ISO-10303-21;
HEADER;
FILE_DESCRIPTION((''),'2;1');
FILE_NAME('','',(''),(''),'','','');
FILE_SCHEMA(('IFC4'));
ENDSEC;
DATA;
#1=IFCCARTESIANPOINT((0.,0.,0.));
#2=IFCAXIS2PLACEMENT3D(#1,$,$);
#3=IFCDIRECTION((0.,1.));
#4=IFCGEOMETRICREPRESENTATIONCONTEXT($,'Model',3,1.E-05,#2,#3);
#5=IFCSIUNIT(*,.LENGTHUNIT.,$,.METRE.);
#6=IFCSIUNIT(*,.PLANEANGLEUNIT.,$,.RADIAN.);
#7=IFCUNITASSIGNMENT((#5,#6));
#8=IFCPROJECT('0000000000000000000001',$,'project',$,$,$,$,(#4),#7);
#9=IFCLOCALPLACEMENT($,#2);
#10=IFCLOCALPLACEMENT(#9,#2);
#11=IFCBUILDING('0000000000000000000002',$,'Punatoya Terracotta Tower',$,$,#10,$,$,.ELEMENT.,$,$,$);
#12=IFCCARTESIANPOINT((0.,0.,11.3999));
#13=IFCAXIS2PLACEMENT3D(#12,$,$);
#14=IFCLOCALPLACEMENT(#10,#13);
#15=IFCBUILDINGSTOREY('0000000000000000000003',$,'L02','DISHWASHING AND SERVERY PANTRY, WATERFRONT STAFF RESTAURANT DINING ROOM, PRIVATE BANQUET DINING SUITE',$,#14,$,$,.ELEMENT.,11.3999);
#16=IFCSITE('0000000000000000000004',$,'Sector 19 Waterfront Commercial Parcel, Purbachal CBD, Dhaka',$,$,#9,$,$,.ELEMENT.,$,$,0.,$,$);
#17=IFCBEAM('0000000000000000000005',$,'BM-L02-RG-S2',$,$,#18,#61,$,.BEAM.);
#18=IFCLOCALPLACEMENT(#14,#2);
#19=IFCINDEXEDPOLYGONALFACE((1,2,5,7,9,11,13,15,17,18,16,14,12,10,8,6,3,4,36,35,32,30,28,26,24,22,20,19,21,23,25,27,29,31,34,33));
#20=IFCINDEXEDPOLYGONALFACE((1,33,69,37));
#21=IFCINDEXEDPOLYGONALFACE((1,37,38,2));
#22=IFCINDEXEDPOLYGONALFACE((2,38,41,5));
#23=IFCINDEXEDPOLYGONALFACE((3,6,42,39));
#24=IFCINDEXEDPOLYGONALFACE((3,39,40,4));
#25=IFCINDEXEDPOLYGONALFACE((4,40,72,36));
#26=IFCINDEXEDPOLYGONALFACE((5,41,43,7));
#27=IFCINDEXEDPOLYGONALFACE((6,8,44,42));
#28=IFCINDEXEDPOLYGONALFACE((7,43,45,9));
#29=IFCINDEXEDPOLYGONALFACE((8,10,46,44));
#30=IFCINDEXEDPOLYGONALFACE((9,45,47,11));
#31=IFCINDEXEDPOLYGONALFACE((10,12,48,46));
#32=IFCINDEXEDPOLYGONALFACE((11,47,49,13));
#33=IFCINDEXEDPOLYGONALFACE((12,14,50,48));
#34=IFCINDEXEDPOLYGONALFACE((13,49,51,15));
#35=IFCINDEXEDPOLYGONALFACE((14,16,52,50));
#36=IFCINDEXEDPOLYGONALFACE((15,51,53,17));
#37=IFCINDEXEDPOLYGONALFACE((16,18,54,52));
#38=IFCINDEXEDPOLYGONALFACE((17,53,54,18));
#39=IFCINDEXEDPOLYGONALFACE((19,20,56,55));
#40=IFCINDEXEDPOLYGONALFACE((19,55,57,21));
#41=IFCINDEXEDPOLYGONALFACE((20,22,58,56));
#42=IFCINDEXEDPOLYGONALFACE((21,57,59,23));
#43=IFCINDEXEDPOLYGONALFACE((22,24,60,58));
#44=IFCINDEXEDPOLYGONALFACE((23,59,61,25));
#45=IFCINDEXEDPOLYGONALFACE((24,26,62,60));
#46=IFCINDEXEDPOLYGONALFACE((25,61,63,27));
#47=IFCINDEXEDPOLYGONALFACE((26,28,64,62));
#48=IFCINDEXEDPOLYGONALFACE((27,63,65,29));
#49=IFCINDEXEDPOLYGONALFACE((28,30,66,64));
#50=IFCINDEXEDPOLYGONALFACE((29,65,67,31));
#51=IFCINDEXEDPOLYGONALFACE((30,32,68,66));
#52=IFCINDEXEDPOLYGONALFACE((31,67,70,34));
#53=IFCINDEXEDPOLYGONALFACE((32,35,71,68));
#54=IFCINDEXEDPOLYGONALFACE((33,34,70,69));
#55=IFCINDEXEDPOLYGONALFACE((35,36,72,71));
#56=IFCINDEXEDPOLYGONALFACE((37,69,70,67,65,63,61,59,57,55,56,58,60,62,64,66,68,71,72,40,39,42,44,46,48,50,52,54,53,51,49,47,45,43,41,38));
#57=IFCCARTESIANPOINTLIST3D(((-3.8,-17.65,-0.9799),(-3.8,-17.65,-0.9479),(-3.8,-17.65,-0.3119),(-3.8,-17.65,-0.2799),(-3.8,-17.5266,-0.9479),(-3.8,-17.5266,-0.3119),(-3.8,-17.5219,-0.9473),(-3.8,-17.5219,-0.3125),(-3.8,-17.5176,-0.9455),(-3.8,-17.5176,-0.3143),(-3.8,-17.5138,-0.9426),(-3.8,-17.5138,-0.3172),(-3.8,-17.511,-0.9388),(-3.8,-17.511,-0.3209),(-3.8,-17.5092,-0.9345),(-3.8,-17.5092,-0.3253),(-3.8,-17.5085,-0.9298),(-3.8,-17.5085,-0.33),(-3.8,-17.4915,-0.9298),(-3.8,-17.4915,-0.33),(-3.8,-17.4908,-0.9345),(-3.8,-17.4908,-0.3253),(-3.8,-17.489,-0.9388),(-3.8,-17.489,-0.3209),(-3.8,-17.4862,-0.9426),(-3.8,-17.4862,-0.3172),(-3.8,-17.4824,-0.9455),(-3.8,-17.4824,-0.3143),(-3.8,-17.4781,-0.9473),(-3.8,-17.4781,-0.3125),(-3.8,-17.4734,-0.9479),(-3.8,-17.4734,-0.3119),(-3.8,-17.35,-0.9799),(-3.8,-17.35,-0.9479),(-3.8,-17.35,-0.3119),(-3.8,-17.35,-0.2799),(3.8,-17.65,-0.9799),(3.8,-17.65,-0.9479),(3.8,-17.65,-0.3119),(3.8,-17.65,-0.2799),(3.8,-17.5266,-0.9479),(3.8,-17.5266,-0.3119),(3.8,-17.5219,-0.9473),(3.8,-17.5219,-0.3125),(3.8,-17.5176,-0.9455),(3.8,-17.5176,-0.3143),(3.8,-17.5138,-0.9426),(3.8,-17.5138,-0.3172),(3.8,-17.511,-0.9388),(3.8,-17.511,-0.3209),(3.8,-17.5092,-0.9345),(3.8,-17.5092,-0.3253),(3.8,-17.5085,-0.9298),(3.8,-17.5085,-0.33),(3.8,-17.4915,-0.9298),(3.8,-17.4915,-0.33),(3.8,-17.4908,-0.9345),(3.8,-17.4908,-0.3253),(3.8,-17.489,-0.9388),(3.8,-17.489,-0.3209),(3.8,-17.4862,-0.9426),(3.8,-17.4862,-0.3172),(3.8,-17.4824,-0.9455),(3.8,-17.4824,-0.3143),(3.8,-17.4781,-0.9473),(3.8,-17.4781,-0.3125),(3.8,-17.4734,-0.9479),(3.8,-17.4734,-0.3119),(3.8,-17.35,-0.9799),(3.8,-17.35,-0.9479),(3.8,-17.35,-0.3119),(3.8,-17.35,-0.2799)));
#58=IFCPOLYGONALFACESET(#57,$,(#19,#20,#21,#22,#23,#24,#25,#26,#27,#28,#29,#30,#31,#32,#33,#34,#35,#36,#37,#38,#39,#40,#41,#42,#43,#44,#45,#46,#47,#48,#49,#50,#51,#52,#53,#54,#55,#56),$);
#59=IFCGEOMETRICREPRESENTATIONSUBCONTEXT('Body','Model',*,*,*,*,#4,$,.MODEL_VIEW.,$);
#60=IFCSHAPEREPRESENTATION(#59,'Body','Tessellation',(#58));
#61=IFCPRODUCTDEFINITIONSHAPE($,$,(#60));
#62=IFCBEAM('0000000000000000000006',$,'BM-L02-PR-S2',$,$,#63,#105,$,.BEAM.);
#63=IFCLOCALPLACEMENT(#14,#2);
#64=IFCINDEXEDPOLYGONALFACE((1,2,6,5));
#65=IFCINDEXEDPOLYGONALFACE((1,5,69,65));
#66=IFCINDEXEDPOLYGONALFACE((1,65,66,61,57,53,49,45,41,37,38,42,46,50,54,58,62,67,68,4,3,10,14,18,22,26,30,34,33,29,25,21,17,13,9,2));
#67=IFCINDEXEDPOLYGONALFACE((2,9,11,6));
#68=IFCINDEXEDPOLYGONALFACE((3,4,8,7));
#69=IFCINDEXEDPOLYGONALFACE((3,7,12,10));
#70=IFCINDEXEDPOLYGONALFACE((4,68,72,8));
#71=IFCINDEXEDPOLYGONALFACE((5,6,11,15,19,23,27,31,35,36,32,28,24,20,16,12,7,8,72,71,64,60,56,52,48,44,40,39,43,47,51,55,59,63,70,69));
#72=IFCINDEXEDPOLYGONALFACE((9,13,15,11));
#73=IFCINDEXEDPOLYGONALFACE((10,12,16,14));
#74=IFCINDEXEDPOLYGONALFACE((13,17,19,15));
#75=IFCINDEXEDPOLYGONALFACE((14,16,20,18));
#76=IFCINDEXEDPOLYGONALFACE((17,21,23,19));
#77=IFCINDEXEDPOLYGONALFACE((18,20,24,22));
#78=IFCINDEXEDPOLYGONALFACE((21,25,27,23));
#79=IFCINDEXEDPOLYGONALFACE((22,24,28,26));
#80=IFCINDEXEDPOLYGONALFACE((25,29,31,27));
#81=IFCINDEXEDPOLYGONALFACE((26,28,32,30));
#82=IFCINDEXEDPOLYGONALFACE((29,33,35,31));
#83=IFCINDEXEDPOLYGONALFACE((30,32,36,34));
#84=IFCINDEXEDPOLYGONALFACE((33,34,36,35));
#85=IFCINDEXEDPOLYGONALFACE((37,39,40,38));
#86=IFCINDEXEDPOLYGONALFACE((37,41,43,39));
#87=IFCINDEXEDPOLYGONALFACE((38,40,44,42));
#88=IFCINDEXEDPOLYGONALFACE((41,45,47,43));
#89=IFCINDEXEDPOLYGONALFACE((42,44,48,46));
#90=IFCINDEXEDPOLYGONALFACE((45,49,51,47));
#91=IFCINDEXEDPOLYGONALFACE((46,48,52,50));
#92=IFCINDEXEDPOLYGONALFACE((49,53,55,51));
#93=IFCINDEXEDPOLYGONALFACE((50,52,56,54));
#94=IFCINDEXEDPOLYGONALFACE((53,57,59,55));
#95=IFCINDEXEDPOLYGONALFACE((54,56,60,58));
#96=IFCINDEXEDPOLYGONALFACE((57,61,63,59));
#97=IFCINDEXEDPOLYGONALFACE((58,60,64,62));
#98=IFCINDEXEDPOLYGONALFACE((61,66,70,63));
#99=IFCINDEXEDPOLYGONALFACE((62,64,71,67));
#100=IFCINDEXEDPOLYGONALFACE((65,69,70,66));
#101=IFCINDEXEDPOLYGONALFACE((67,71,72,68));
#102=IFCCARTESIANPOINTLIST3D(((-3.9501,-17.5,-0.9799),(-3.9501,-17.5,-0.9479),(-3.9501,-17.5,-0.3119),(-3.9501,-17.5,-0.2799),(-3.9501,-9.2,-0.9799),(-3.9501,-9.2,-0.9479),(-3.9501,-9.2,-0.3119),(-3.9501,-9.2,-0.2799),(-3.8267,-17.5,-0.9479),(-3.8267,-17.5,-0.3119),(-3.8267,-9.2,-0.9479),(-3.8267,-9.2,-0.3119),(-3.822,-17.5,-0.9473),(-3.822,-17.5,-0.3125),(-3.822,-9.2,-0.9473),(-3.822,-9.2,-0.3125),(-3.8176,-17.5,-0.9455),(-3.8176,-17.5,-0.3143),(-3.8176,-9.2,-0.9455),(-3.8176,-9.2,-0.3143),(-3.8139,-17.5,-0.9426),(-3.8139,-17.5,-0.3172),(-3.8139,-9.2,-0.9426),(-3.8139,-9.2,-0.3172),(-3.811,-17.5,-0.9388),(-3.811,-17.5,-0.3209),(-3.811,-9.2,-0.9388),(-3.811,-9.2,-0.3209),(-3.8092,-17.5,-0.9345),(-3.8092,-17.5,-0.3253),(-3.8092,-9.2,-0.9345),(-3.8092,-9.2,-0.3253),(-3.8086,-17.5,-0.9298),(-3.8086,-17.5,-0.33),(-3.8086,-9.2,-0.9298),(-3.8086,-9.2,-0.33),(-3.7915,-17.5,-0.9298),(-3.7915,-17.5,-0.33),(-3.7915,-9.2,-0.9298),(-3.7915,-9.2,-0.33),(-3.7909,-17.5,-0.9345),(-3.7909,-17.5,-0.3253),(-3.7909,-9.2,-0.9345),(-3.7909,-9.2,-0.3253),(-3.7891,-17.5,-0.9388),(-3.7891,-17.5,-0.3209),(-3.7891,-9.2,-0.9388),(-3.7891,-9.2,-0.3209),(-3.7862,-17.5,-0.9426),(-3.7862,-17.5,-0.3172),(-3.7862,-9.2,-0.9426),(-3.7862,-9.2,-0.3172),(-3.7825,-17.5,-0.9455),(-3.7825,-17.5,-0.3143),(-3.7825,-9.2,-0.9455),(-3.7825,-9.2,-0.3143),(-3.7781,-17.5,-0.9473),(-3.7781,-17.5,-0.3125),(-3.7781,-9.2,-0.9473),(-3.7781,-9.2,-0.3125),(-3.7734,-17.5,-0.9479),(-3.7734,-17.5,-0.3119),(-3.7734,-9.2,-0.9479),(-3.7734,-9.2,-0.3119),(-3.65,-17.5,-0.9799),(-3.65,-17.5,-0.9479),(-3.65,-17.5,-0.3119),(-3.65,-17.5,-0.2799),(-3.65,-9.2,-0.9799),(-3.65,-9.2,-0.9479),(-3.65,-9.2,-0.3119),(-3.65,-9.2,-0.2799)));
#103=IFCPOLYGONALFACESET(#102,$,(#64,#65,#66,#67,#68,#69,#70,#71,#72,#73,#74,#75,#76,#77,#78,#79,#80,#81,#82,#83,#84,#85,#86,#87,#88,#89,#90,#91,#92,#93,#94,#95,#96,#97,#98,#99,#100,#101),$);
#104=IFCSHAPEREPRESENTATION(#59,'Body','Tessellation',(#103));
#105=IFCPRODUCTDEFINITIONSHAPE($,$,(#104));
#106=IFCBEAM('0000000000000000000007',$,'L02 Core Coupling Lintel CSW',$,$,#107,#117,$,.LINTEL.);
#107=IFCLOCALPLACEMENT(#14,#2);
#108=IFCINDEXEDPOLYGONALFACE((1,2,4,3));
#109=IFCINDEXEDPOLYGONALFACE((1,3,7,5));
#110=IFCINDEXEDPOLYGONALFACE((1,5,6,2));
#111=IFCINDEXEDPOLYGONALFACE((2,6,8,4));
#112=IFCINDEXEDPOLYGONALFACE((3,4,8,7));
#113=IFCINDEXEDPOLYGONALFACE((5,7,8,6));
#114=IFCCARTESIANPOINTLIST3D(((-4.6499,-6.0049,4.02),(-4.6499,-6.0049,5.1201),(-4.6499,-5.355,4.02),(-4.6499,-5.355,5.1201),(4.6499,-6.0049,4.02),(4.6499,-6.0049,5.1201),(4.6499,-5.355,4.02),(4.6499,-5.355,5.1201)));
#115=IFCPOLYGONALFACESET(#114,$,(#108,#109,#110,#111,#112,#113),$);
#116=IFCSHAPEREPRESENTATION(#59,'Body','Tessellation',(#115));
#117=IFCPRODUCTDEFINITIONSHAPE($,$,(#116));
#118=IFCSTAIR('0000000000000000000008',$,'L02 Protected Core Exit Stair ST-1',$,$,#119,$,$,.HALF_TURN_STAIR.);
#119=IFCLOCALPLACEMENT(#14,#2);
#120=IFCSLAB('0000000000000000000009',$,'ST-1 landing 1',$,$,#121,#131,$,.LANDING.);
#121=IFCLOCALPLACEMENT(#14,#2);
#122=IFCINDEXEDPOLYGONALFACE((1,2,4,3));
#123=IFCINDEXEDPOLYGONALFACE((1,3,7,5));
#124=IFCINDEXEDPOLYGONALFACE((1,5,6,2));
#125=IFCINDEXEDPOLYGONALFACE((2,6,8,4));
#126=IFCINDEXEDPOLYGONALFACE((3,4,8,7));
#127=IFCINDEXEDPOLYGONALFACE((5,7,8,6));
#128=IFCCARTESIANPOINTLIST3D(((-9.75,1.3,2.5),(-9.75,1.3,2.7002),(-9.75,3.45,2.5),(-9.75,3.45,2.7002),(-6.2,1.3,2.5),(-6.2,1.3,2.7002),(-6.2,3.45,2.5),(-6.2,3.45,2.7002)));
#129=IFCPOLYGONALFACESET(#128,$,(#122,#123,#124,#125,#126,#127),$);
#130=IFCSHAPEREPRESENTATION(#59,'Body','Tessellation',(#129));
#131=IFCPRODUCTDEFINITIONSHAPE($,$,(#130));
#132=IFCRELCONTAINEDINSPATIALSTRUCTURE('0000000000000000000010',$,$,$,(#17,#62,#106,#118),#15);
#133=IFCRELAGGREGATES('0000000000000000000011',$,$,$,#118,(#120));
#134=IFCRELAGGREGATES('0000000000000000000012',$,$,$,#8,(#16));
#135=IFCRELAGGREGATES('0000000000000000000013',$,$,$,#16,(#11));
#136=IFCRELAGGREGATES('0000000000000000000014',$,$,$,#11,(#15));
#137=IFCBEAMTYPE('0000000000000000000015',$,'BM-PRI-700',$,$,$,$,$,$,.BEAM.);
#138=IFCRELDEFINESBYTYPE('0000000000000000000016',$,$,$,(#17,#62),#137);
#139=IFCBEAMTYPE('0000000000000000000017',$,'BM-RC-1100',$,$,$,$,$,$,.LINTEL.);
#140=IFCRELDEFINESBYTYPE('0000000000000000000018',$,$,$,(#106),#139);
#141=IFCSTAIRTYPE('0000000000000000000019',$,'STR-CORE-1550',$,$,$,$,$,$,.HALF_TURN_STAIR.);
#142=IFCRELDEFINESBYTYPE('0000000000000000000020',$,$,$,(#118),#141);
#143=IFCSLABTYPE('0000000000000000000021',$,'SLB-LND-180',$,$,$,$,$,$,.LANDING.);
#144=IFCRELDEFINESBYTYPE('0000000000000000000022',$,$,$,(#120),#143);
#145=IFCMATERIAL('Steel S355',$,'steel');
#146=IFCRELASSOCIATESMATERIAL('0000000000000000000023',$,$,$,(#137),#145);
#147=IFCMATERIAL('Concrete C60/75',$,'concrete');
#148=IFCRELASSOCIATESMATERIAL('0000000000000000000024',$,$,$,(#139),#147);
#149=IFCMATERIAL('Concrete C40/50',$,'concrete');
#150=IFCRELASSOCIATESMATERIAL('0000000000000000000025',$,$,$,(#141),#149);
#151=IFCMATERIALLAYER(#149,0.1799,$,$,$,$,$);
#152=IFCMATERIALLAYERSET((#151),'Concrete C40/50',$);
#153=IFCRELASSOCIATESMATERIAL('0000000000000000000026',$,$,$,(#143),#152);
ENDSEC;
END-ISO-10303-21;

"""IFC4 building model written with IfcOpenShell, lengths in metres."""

from ifc_helpers import new_model, si_unit, direction, frame, origin, origin_2d, place, context, subcontext, project, spatial, polyline, rectangle, i_section, outline, extrude, material, layer, layer_set, material_profile, profile_set, type_object, element, aggregate, save


model = new_model("IFC4")

# Units and contexts
model_context = context("Model", 3, precision=1e-05, world=origin(), true_north=direction((0.0, 1.0)))
body_context = subcontext(model_context, "Body", "Model", "MODEL_VIEW")
ifc_project = project(units=[si_unit("LENGTHUNIT", "METRE"), si_unit("PLANEANGLEUNIT", "RADIAN")], contexts=[model_context])

# Site, building, storey
site_placement = place(None, origin())
site = spatial("IfcSite", under=ifc_project, at=site_placement, Name="Sector 19 Waterfront Commercial Parcel, Purbachal CBD, Dhaka", CompositionType="ELEMENT", RefElevation=0.0)
building_placement = place(site_placement, origin())
building = spatial("IfcBuilding", under=site, at=building_placement, Name="Punatoya Terracotta Tower", CompositionType="ELEMENT")
storey_placement = place(building_placement, frame((0.0, 0.0, 11.3999)))
storey = spatial("IfcBuildingStorey", under=building, at=storey_placement, Name="L02", Description="DISHWASHING AND SERVERY PANTRY, WATERFRONT STAFF RESTAURANT DINING ROOM, PRIVATE BANQUET DINING SUITE", CompositionType="ELEMENT", Elevation=11.3999)

# Beams
ifc_material_1 = material(Name="Steel S355", Category="steel")
ifc_material_profile_1 = material_profile(ifc_material_1, i_section(OverallWidth=0.3, OverallDepth=0.7, WebThickness=0.0171, FlangeThickness=0.032, FilletRadius=0.0181, at=origin_2d()))
ifc_profile_set_1 = profile_set([ifc_material_profile_1], Name="Steel S355")
beam_type_1 = type_object("IfcBeamType", Name="BM-PRI-700", PredefinedType="BEAM", material=ifc_profile_set_1)
beam_1_placement = place(storey_placement, frame((-3.8, -17.5, -0.6299), z_axis=(1.0, 0.0, 0.0), x_axis=(0.0, 1.0, 0.0)))
element("IfcBeam", 1, at=beam_1_placement, inside=storey, type_object=beam_type_1, Name="BM-L02-RG-S2", PredefinedType="BEAM", context=body_context, shape_type="SweptSolid", body=[
    extrude(i_section(OverallWidth=0.3, OverallDepth=0.7, WebThickness=0.0171, FlangeThickness=0.032, FilletRadius=0.0181, at=origin_2d()), origin(), (0.0, 0.0, 1.0), 7.6001),
])
beam_2_placement = place(storey_placement, frame((-3.8, -17.5, -0.6299), z_axis=(0.0, 1.0, 0.0), x_axis=(-1.0, 0.0, 0.0)))
element("IfcBeam", 2, at=beam_2_placement, inside=storey, type_object=beam_type_1, Name="BM-L02-PR-S2", PredefinedType="BEAM", context=body_context, shape_type="SweptSolid", body=[
    extrude(i_section(OverallWidth=0.3, OverallDepth=0.7, WebThickness=0.0171, FlangeThickness=0.032, FilletRadius=0.0181, at=origin_2d()), origin(), (0.0, 0.0, 1.0), 8.3),
])
ifc_material_2 = material(Name="Concrete C60/75", Category="concrete")
ifc_material_profile_2 = material_profile(ifc_material_2, rectangle(XDim=0.6499, YDim=1.1001, at=origin_2d()))
ifc_profile_set_2 = profile_set([ifc_material_profile_2], Name="Concrete C60/75")
beam_type_2 = type_object("IfcBeamType", Name="BM-RC-1100", PredefinedType="LINTEL", material=ifc_profile_set_2)
beam_3_placement = place(storey_placement, frame((-4.6499, -5.6799, 4.5701), z_axis=(1.0, 0.0, 0.0), x_axis=(0.0, 1.0, 0.0)))
element("IfcBeam", 3, at=beam_3_placement, inside=storey, type_object=beam_type_2, Name="L02 Core Coupling Lintel CSW", PredefinedType="LINTEL", context=body_context, shape_type="SweptSolid", body=[
    extrude(rectangle(XDim=0.6499, YDim=1.1001, at=origin_2d()), origin(), (0.0, 0.0, 1.0), 9.2998),
])

# Stair, slab
ifc_material_3 = material(Name="Concrete C40/50", Category="concrete")
stair_type = type_object("IfcStairType", Name="STR-CORE-1550", PredefinedType="HALF_TURN_STAIR", material=ifc_material_3)
stair_placement = place(storey_placement, origin())
stair = element("IfcStair", 4, at=stair_placement, inside=storey, type_object=stair_type, Name="L02 Protected Core Exit Stair ST-1", PredefinedType="HALF_TURN_STAIR")
ifc_layer_1 = layer(ifc_material_3, 0.1799)
ifc_layer_set_1 = layer_set([ifc_layer_1], Name="Concrete C40/50")
slab_type_1 = type_object("IfcSlabType", Name="SLB-LND-180", PredefinedType="LANDING", material=ifc_layer_set_1)
slab_1_placement = place(storey_placement, frame((0.0, 0.0, 2.5)))
slab_1 = element("IfcSlab", 5, at=slab_1_placement, type_object=slab_type_1, Name="ST-1 landing 1", PredefinedType="LANDING", context=body_context, shape_type="SweptSolid", body=[
    extrude(outline(polyline([(-6.2, 1.3), (-6.2, 3.45), (-9.75, 3.45), (-9.75, 1.3), (-6.2, 1.3)])), origin(), (0.0, 0.0, 1.0), 0.2002),
])

aggregate(stair, [slab_1])

save(model, "model.ifc")
